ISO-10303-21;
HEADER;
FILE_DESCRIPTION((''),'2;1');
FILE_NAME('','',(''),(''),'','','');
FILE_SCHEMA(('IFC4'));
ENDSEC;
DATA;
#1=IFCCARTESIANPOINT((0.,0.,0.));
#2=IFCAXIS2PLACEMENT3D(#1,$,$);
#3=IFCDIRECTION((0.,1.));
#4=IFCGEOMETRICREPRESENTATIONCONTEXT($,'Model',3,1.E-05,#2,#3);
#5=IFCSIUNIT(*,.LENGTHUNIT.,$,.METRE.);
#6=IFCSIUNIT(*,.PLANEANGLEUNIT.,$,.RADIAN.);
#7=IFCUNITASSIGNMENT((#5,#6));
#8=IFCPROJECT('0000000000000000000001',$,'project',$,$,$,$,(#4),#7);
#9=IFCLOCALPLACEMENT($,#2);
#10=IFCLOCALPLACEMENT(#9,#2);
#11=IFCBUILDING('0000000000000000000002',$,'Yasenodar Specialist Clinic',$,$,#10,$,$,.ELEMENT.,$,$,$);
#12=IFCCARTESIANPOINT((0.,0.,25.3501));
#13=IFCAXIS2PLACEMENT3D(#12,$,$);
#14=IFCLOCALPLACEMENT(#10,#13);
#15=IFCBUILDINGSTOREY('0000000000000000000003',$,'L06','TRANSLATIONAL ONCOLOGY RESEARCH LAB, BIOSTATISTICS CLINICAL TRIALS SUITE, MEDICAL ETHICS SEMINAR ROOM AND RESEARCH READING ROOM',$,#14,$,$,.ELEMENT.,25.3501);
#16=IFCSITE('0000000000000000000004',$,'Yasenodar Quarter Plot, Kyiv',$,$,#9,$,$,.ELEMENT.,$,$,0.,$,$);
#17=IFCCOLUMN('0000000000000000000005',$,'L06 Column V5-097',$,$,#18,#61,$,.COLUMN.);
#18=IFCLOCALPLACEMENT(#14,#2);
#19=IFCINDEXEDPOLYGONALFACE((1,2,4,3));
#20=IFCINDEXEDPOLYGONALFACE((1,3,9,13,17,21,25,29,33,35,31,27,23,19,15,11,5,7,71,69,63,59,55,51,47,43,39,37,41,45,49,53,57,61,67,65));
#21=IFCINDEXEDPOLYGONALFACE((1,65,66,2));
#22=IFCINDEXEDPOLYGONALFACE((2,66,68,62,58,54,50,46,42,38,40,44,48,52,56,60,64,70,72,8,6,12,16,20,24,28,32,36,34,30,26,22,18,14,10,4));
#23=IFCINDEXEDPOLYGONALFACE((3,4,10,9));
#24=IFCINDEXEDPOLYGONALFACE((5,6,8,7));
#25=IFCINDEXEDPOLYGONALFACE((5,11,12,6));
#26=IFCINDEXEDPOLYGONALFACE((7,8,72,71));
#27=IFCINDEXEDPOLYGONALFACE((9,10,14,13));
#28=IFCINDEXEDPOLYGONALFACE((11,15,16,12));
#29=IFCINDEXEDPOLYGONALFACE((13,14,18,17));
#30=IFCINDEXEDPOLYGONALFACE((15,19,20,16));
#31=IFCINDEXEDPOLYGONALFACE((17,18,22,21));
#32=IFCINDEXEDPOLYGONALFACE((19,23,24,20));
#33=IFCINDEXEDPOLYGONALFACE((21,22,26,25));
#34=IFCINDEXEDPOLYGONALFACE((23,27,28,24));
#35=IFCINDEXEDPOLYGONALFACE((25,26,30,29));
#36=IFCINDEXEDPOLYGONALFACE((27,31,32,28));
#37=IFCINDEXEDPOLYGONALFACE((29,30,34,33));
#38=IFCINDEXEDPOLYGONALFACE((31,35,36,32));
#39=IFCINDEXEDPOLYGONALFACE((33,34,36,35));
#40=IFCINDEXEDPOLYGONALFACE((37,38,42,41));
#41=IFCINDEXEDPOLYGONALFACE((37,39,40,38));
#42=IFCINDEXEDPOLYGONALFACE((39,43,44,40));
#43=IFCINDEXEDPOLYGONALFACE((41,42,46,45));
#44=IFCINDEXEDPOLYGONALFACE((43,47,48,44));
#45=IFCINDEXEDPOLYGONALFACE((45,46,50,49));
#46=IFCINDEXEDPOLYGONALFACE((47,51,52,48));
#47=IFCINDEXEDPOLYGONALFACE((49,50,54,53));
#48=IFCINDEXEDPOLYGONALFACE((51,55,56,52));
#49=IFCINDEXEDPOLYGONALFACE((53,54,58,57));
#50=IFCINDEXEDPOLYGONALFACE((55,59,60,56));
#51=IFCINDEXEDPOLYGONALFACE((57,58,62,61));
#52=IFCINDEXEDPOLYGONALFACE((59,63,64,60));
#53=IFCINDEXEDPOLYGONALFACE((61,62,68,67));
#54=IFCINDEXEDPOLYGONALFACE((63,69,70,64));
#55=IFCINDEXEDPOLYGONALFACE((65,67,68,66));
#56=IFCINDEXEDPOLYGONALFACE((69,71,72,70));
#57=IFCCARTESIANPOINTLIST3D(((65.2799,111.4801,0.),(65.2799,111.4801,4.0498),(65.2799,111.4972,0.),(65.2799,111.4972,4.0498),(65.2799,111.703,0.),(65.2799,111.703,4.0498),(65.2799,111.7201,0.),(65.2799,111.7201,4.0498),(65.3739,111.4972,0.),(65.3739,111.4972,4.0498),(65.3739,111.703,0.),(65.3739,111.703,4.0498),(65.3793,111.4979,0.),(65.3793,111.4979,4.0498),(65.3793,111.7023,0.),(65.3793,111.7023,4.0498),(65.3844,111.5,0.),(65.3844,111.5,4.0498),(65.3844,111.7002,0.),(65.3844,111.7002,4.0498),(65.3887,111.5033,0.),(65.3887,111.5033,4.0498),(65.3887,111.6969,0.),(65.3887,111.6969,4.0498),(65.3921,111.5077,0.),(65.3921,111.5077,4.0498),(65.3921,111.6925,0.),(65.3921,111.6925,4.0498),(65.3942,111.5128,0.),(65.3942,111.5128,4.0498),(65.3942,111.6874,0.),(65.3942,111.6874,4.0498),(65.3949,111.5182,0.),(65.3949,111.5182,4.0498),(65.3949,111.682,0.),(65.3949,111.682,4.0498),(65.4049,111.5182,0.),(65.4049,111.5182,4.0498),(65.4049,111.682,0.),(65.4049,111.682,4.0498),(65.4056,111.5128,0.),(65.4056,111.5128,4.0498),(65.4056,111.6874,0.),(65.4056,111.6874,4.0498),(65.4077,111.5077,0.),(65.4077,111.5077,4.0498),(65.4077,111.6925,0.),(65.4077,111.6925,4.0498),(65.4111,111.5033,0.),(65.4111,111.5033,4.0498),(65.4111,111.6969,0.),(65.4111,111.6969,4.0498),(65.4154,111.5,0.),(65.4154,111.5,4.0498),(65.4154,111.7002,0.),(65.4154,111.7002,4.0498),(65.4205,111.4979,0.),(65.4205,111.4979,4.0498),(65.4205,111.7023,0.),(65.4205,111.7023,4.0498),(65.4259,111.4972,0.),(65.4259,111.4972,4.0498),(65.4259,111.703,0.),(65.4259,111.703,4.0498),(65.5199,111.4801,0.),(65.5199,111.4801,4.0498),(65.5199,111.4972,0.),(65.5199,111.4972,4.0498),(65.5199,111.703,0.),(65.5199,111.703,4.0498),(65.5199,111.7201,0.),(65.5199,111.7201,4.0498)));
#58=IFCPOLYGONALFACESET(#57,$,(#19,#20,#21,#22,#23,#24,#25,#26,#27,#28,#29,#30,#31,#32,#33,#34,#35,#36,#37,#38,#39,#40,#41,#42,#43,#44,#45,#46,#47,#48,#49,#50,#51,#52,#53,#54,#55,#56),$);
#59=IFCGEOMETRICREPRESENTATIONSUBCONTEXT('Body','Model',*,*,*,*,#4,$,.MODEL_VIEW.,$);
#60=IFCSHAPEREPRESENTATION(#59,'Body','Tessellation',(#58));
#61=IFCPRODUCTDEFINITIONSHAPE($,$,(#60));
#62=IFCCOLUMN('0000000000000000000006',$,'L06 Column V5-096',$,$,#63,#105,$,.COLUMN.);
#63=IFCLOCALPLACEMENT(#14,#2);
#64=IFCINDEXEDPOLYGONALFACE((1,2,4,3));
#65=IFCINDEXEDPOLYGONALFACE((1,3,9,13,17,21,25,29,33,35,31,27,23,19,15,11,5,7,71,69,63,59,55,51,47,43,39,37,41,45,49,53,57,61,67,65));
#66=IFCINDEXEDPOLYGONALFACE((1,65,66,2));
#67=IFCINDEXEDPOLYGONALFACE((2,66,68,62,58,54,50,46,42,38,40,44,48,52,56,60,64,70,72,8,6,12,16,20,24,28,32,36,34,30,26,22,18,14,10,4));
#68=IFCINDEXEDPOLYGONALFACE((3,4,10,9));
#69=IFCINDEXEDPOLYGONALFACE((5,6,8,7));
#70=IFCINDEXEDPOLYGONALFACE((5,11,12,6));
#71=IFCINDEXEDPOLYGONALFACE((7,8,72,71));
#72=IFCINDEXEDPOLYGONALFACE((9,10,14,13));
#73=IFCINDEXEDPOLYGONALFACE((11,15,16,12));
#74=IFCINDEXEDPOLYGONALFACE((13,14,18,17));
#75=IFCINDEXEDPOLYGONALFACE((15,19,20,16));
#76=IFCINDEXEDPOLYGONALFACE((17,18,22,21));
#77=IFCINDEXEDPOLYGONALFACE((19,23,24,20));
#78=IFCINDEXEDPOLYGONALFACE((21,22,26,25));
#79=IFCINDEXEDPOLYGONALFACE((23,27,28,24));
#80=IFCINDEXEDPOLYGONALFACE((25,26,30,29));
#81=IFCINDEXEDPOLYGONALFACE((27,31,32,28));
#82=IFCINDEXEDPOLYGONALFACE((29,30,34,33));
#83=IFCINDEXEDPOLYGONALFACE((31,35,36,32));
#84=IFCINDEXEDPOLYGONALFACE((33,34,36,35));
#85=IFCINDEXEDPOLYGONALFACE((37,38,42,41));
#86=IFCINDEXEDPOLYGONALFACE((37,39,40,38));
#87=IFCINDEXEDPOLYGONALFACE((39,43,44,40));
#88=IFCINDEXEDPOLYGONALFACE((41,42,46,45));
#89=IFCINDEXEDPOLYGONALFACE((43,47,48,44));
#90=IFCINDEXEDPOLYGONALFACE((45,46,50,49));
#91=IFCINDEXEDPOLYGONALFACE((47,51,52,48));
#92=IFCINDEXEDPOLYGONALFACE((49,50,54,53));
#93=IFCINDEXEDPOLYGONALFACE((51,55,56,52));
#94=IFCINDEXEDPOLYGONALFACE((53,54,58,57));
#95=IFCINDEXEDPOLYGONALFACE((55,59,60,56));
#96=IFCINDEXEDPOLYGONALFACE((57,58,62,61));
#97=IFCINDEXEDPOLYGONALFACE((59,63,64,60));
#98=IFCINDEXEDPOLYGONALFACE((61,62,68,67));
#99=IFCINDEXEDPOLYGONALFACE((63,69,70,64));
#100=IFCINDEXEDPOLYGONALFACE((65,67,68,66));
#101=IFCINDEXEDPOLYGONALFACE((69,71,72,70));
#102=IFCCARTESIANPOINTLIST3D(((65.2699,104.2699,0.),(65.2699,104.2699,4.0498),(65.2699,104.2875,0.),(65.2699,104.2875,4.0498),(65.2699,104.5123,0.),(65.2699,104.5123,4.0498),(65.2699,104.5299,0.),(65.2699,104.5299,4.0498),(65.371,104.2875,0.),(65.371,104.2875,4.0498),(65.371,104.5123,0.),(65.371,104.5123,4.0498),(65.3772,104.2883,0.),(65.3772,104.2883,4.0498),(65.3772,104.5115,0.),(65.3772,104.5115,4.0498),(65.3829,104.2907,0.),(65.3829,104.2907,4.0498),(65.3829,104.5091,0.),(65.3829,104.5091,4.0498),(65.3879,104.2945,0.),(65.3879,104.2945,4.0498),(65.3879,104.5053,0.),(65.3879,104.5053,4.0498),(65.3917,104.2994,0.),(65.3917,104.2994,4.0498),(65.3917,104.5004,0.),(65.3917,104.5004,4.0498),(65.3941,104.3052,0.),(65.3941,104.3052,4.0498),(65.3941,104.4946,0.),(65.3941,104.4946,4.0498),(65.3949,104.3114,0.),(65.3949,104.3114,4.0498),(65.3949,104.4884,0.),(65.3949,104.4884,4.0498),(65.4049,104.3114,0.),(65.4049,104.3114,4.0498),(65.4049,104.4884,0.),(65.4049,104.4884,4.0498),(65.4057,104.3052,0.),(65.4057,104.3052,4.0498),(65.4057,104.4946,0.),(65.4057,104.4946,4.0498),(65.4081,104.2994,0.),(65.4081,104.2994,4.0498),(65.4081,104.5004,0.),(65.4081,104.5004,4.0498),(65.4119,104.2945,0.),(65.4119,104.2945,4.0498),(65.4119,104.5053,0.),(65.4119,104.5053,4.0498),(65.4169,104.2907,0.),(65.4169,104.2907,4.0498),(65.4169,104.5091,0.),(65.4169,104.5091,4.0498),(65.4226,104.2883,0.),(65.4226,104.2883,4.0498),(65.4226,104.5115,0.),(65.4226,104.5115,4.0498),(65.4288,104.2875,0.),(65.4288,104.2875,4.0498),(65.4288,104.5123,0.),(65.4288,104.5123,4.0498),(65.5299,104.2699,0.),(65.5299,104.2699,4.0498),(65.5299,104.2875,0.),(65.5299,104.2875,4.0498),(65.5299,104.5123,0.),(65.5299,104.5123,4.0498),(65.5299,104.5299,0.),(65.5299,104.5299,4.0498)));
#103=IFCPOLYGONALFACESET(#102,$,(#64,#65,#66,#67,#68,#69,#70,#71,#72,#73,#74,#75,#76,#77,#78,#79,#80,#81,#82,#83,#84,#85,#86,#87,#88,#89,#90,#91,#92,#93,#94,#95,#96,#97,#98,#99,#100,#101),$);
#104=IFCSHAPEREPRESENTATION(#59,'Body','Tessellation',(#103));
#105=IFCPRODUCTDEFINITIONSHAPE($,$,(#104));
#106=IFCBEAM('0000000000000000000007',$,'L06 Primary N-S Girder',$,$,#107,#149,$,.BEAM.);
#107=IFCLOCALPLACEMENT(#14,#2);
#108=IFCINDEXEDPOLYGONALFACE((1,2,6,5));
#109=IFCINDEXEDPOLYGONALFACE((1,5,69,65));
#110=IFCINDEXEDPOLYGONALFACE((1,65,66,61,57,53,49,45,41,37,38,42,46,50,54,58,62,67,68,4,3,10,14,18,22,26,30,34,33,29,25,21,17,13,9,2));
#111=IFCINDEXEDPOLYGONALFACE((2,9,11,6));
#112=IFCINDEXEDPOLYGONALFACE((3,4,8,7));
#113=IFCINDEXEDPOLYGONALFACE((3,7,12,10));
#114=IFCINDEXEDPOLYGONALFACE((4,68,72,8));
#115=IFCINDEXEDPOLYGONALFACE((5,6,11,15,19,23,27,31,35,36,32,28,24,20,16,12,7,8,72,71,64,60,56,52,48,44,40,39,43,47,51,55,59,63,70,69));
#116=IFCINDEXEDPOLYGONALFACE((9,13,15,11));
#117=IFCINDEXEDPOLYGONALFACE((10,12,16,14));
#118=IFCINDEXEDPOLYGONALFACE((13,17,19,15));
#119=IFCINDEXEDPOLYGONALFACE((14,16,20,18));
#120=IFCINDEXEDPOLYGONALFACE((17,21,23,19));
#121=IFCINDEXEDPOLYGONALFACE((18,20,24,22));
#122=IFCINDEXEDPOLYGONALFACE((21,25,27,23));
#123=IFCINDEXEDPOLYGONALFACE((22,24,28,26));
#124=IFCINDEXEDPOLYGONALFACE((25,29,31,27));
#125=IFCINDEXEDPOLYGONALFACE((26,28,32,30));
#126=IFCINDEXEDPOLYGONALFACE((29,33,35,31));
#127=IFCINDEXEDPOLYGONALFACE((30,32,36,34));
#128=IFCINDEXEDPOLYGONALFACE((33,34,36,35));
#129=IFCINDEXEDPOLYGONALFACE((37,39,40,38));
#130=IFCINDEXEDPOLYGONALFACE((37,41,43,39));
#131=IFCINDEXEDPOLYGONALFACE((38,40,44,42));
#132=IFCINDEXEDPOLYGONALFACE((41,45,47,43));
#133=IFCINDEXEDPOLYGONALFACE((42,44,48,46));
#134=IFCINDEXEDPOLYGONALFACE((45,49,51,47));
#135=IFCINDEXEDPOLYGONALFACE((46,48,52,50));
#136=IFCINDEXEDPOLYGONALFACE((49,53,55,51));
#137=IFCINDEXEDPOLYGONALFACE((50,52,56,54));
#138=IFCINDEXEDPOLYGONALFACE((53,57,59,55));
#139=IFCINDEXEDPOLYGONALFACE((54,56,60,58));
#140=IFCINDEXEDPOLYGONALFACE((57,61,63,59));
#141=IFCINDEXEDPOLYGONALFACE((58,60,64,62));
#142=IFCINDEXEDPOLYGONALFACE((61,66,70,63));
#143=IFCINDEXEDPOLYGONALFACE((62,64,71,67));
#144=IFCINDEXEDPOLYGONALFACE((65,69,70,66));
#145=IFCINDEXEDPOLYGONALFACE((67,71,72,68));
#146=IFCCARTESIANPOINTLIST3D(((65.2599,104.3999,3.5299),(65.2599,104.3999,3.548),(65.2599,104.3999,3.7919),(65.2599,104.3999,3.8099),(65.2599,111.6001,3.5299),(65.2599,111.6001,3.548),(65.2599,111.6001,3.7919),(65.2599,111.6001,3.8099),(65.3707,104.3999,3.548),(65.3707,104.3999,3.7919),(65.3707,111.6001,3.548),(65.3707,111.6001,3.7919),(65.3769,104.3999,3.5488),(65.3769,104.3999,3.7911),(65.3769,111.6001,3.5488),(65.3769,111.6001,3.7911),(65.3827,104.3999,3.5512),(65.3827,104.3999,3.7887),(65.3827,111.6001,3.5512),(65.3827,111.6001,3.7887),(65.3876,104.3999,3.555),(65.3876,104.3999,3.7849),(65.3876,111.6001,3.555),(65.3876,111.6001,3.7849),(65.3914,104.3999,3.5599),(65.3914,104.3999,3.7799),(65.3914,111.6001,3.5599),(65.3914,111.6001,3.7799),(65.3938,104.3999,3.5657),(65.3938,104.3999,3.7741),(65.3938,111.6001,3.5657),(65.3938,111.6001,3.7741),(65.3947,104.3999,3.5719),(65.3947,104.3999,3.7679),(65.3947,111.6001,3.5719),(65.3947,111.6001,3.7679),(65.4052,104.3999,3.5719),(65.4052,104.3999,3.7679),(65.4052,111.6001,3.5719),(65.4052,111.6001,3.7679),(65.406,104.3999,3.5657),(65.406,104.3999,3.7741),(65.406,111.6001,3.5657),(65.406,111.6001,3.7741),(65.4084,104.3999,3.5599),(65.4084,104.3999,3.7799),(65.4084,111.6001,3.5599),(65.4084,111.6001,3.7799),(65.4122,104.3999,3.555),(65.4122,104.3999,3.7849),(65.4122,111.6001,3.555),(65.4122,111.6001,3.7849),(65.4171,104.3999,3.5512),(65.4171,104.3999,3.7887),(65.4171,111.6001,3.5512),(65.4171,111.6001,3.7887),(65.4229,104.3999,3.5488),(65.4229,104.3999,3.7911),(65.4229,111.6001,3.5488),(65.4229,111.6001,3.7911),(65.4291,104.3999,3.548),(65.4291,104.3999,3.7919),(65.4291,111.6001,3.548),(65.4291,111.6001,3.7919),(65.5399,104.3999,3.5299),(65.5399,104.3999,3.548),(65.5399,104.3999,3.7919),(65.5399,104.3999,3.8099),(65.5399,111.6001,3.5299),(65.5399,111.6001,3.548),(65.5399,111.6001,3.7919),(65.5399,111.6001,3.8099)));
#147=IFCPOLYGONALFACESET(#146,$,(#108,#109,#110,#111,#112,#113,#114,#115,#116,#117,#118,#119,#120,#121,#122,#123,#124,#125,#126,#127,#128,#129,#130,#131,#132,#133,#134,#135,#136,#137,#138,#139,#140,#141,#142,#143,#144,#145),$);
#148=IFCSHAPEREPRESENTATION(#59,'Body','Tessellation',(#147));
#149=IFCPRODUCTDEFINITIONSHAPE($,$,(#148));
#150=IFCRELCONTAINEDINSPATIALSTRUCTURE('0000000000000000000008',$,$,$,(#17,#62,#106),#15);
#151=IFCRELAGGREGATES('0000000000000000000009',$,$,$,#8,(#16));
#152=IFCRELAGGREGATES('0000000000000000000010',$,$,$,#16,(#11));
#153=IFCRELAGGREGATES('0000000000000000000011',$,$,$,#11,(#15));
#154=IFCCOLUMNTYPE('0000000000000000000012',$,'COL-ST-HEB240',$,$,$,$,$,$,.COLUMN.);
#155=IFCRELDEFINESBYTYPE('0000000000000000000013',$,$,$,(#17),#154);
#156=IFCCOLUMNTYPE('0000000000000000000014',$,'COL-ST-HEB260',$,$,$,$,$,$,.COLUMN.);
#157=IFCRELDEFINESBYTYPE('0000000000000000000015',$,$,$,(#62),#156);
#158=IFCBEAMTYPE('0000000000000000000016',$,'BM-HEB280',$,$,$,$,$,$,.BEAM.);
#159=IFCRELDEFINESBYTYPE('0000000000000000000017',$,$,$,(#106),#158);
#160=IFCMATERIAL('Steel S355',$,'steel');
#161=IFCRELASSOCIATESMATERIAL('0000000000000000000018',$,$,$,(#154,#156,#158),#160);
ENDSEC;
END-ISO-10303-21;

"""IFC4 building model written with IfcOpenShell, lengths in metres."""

from ifc_helpers import new_model, si_unit, direction, frame, origin, origin_2d, place, context, subcontext, project, spatial, i_section, extrude, material, material_profile, profile_set, type_object, element, save


model = new_model("IFC4")

# Units and contexts
model_context = context("Model", 3, precision=1e-05, world=origin(), true_north=direction((0.0, 1.0)))
body_context = subcontext(model_context, "Body", "Model", "MODEL_VIEW")
ifc_project = project(units=[si_unit("LENGTHUNIT", "METRE"), si_unit("PLANEANGLEUNIT", "RADIAN")], contexts=[model_context])

# Site, building, storey
site_placement = place(None, origin())
site = spatial("IfcSite", under=ifc_project, at=site_placement, Name="Yasenodar Quarter Plot, Kyiv", CompositionType="ELEMENT", RefElevation=0.0)
building_placement = place(site_placement, origin())
building = spatial("IfcBuilding", under=site, at=building_placement, Name="Yasenodar Specialist Clinic", CompositionType="ELEMENT")
storey_placement = place(building_placement, frame((0.0, 0.0, 25.3501)))
storey = spatial("IfcBuildingStorey", under=building, at=storey_placement, Name="L06", Description="TRANSLATIONAL ONCOLOGY RESEARCH LAB, BIOSTATISTICS CLINICAL TRIALS SUITE, MEDICAL ETHICS SEMINAR ROOM AND RESEARCH READING ROOM", CompositionType="ELEMENT", Elevation=25.3501)

# Columns
ifc_material_1 = material(Name="Steel S355", Category="steel")
ifc_material_profile_1 = material_profile(ifc_material_1, i_section(OverallWidth=0.24, OverallDepth=0.24, WebThickness=0.01, FlangeThickness=0.0171, FilletRadius=0.021, at=origin_2d()), Name="HEB 240")
ifc_profile_set_1 = profile_set([ifc_material_profile_1], Name="Steel S355")
column_type_1 = type_object("IfcColumnType", Name="COL-ST-HEB240", PredefinedType="COLUMN", material=ifc_profile_set_1)
column_1_placement = place(storey_placement, frame((65.3999, 111.6001, 0.0), z_axis=(0.0, 0.0, 1.0), x_axis=(1.0, 0.0, 0.0)))
element("IfcColumn", 1, at=column_1_placement, inside=storey, type_object=column_type_1, Name="L06 Column V5-097", PredefinedType="COLUMN", context=body_context, shape_type="SweptSolid", body=[
    extrude(i_section(OverallWidth=0.24, OverallDepth=0.24, WebThickness=0.01, FlangeThickness=0.0171, FilletRadius=0.021, at=origin_2d()), origin(), (0.0, 0.0, 1.0), 4.0498),
])
ifc_material_profile_2 = material_profile(ifc_material_1, i_section(OverallWidth=0.26, OverallDepth=0.26, WebThickness=0.01, FlangeThickness=0.0176, FilletRadius=0.0239, at=origin_2d()), Name="HEB 260")
ifc_profile_set_2 = profile_set([ifc_material_profile_2], Name="Steel S355")
column_type_2 = type_object("IfcColumnType", Name="COL-ST-HEB260", PredefinedType="COLUMN", material=ifc_profile_set_2)
column_2_placement = place(storey_placement, frame((65.3999, 104.3999, 0.0), z_axis=(0.0, 0.0, 1.0), x_axis=(1.0, 0.0, 0.0)))
element("IfcColumn", 2, at=column_2_placement, inside=storey, type_object=column_type_2, Name="L06 Column V5-096", PredefinedType="COLUMN", context=body_context, shape_type="SweptSolid", body=[
    extrude(i_section(OverallWidth=0.26, OverallDepth=0.26, WebThickness=0.01, FlangeThickness=0.0176, FilletRadius=0.0239, at=origin_2d()), origin(), (0.0, 0.0, 1.0), 4.0498),
])

# Beam
ifc_material_profile_3 = material_profile(ifc_material_1, i_section(OverallWidth=0.28, OverallDepth=0.28, WebThickness=0.0105, FlangeThickness=0.0181, FilletRadius=0.0239, at=origin_2d()), Name="HEB 280")
ifc_profile_set_3 = profile_set([ifc_material_profile_3], Name="Steel S355")
beam_type_1 = type_object("IfcBeamType", Name="BM-HEB280", PredefinedType="BEAM", material=ifc_profile_set_3)
beam_1_placement = place(storey_placement, frame((65.3999, 104.3999, 3.6699), z_axis=(0.0, 1.0, 0.0), x_axis=(-1.0, 0.0, 0.0)))
element("IfcBeam", 3, at=beam_1_placement, inside=storey, type_object=beam_type_1, Name="L06 Primary N-S Girder", PredefinedType="BEAM", context=body_context, shape_type="SweptSolid", body=[
    extrude(i_section(OverallWidth=0.28, OverallDepth=0.28, WebThickness=0.0105, FlangeThickness=0.0181, FilletRadius=0.0239, at=origin_2d()), origin(), (0.0, 0.0, 1.0), 7.2002),
])

save(model, "model.ifc")
